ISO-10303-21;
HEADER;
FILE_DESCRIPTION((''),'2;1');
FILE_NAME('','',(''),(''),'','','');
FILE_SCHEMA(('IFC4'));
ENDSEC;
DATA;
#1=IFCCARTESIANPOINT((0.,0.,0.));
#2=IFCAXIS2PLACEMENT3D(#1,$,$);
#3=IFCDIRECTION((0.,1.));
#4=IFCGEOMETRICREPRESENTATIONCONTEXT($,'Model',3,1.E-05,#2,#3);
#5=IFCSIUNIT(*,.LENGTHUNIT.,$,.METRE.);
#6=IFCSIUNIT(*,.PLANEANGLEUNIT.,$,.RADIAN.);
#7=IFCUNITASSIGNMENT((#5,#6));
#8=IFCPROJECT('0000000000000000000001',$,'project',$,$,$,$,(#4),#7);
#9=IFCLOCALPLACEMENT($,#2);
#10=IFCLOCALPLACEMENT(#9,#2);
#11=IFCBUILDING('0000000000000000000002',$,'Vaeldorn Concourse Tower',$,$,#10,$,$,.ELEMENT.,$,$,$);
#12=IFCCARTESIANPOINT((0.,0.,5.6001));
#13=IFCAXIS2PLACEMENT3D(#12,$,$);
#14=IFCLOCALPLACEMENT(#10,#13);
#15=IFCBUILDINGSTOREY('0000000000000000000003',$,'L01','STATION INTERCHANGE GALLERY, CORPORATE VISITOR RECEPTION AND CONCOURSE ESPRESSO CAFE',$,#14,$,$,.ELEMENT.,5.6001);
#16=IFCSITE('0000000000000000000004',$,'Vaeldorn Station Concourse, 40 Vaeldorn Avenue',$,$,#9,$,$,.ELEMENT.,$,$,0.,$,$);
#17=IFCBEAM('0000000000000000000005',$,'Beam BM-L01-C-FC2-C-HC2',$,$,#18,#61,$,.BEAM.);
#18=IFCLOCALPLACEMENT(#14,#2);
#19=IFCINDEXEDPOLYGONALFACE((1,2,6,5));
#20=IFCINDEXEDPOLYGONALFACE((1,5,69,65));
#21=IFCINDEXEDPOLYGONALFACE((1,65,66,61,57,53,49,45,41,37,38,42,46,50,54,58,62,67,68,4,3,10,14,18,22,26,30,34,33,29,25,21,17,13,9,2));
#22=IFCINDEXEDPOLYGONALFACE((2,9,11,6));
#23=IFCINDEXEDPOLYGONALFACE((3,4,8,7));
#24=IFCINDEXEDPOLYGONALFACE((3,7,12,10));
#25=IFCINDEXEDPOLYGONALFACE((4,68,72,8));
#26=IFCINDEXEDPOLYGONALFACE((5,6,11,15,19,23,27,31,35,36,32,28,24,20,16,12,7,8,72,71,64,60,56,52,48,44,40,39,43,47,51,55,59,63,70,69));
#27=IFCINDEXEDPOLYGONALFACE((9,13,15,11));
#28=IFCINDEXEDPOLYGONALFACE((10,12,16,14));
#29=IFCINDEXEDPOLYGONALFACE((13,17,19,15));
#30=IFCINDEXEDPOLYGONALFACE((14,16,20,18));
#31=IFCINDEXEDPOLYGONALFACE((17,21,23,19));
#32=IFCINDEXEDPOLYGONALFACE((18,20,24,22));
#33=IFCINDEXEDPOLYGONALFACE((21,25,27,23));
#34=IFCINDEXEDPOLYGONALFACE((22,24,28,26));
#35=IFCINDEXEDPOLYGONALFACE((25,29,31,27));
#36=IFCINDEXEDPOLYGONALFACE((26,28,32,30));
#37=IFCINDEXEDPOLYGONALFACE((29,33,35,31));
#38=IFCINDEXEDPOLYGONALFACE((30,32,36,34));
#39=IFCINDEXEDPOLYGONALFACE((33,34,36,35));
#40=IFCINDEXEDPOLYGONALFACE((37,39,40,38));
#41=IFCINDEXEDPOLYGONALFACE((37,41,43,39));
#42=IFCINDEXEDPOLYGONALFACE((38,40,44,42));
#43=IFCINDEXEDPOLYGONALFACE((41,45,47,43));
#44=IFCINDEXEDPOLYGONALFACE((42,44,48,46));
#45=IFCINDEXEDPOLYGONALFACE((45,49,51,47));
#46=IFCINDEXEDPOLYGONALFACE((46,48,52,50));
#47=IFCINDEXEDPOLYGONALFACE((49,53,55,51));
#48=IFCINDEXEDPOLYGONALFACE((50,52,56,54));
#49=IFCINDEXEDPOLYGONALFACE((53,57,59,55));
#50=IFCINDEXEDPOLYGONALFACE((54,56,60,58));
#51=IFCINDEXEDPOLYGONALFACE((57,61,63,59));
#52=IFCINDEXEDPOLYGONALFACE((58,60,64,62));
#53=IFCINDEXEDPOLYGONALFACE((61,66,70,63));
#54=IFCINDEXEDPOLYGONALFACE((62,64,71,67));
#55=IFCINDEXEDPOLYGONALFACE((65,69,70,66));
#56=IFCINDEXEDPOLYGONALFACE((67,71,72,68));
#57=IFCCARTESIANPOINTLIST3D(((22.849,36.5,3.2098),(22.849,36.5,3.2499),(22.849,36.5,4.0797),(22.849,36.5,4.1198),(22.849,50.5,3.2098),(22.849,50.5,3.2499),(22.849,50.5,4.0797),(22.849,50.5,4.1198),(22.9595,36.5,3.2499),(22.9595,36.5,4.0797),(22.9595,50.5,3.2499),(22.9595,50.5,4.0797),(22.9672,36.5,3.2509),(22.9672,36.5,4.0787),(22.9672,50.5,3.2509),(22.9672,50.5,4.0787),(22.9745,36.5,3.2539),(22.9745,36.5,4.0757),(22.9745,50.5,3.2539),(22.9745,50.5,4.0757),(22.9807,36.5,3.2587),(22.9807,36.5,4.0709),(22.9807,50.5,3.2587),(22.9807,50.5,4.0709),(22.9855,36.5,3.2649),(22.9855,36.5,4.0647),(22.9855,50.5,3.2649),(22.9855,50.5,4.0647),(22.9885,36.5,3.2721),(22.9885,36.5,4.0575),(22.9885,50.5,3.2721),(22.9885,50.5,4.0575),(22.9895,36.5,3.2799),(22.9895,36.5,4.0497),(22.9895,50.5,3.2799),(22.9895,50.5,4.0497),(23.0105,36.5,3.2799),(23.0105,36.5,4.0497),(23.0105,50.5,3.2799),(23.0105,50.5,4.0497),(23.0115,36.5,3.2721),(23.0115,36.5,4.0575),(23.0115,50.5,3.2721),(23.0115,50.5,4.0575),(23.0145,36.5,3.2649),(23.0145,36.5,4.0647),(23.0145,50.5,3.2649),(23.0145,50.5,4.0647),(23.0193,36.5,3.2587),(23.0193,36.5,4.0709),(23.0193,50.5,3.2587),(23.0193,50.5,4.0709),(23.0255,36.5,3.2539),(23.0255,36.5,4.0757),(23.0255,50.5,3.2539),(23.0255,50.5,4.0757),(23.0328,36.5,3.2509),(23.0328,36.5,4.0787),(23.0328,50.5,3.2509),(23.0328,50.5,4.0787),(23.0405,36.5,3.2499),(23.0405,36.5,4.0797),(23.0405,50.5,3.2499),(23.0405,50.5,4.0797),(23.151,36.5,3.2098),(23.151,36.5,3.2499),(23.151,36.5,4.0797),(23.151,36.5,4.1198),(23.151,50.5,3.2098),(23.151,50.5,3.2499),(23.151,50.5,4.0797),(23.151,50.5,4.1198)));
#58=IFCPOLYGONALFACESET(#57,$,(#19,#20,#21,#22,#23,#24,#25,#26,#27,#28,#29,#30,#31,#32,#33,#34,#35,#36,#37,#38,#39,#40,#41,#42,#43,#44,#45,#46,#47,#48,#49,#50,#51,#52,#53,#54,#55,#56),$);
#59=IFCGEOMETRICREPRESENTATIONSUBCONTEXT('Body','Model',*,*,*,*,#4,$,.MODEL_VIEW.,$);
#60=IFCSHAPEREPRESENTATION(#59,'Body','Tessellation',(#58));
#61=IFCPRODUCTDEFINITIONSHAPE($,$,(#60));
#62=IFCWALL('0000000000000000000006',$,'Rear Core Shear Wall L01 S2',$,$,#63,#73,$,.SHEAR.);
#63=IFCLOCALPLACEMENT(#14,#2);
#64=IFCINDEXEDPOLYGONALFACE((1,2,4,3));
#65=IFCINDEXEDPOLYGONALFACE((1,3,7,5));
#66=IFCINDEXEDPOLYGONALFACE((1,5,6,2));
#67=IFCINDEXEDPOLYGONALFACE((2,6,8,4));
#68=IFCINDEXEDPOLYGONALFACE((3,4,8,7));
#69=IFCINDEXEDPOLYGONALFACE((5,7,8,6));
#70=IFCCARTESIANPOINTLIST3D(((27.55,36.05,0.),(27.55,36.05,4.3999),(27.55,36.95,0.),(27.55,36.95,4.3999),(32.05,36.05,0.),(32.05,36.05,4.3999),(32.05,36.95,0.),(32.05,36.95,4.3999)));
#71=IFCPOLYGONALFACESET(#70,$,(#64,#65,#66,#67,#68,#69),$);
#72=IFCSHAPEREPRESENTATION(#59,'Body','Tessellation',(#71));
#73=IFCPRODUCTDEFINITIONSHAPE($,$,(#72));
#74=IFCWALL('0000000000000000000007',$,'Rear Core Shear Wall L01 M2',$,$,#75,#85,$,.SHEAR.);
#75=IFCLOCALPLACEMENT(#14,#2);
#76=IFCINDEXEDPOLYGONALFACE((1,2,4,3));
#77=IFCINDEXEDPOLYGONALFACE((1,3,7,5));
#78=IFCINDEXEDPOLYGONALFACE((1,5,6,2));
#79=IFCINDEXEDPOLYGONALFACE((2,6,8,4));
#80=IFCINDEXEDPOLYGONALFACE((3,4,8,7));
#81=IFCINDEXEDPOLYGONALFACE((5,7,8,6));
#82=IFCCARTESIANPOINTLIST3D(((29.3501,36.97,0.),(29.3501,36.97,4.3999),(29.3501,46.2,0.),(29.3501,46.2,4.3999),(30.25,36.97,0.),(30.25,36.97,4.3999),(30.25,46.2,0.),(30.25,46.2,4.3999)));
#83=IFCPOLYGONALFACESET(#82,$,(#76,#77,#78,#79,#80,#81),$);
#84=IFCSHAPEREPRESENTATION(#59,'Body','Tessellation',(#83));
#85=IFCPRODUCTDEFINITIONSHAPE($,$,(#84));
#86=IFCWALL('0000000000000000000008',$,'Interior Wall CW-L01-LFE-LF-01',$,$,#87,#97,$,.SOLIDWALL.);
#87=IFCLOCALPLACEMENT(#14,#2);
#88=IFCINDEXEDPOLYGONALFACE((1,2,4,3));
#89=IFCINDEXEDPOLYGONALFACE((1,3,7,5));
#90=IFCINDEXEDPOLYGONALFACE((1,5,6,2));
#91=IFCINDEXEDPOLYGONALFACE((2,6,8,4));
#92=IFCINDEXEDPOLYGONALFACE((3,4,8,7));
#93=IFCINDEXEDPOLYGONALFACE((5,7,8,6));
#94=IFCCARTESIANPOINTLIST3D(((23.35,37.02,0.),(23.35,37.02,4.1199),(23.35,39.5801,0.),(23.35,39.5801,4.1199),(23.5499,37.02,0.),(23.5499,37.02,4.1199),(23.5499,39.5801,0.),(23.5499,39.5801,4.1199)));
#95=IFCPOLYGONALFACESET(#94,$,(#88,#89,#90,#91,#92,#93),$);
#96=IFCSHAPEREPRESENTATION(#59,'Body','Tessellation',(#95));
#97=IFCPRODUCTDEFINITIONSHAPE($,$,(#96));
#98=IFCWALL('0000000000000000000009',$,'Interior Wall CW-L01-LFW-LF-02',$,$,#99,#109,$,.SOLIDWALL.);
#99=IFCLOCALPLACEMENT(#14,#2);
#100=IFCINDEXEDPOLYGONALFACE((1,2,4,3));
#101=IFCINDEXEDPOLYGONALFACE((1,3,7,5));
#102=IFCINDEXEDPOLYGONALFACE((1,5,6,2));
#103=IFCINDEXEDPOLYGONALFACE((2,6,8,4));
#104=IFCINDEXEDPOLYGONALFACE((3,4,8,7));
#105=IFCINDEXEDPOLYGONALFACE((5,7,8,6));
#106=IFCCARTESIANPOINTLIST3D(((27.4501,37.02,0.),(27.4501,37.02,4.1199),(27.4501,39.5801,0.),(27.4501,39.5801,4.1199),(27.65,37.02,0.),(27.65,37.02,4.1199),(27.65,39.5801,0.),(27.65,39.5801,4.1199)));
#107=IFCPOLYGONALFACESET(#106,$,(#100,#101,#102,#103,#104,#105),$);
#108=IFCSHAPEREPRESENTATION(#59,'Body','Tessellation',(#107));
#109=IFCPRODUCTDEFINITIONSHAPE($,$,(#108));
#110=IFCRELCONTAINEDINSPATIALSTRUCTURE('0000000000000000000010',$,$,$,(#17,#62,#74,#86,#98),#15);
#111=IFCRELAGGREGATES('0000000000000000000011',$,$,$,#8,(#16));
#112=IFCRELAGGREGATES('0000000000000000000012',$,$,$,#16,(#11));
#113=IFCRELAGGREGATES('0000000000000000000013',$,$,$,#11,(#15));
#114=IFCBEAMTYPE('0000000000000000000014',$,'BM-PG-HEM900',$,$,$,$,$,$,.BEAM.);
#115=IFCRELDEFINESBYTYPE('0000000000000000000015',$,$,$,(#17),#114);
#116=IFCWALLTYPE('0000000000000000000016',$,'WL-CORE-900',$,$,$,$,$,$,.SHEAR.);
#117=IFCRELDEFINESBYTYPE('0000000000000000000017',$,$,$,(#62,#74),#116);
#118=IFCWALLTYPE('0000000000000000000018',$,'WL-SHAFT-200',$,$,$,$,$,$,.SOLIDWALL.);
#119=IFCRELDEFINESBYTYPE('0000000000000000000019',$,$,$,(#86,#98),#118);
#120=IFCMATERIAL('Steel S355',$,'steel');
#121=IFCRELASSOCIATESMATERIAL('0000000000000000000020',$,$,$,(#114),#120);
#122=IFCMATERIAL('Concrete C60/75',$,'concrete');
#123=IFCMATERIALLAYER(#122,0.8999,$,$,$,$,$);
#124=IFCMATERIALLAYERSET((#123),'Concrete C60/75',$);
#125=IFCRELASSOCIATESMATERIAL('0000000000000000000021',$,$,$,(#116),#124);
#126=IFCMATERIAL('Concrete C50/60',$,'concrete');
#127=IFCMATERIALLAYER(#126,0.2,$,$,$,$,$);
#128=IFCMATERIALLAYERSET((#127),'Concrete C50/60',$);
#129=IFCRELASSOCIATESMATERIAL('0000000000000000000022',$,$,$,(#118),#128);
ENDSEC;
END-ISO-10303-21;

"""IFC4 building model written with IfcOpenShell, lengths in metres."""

from ifc_helpers import new_model, si_unit, direction, frame, frame_2d, origin, origin_2d, place, context, subcontext, project, spatial, rectangle, i_section, extrude, source, transform, mapped, material, layer, layer_set, material_profile, profile_set, type_object, element, save


model = new_model("IFC4")

# Units and contexts
model_context = context("Model", 3, precision=1e-05, world=origin(), true_north=direction((0.0, 1.0)))
body_context = subcontext(model_context, "Body", "Model", "MODEL_VIEW")
ifc_project = project(units=[si_unit("LENGTHUNIT", "METRE"), si_unit("PLANEANGLEUNIT", "RADIAN")], contexts=[model_context])

# Site, building, storey
site_placement = place(None, origin())
site = spatial("IfcSite", under=ifc_project, at=site_placement, Name="Vaeldorn Station Concourse, 40 Vaeldorn Avenue", CompositionType="ELEMENT", RefElevation=0.0)
building_placement = place(site_placement, origin())
building = spatial("IfcBuilding", under=site, at=building_placement, Name="Vaeldorn Concourse Tower", CompositionType="ELEMENT")
storey_placement = place(building_placement, frame((0.0, 0.0, 5.6001)))
storey = spatial("IfcBuildingStorey", under=building, at=storey_placement, Name="L01", Description="STATION INTERCHANGE GALLERY, CORPORATE VISITOR RECEPTION AND CONCOURSE ESPRESSO CAFE", CompositionType="ELEMENT", Elevation=5.6001)

# Beam
ifc_material_1 = material(Name="Steel S355", Category="steel")
ifc_material_profile_1 = material_profile(ifc_material_1, i_section(OverallWidth=0.302, OverallDepth=0.9099, WebThickness=0.021, FlangeThickness=0.04, FilletRadius=0.03, at=origin_2d()), Name="HEM 900")
ifc_profile_set_1 = profile_set([ifc_material_profile_1], Name="Steel S355")
beam_type = type_object("IfcBeamType", Name="BM-PG-HEM900", PredefinedType="BEAM", material=ifc_profile_set_1)
shared_shape_1 = source(origin(), body_context, "Body", "SweptSolid", [
    extrude(i_section(OverallWidth=0.302, OverallDepth=0.9099, WebThickness=0.021, FlangeThickness=0.04, FilletRadius=0.03, at=origin_2d()), origin(), (0.0, 0.0, 1.0), 14.0),
])
beam_1_placement = place(storey_placement, frame((23.0, 36.5, 3.6648), z_axis=(0.0, 1.0, 0.0), x_axis=(-1.0, 0.0, 0.0)))
element("IfcBeam", 1, at=beam_1_placement, inside=storey, type_object=beam_type, Name="Beam BM-L01-C-FC2-C-HC2", PredefinedType="BEAM", context=body_context, shape_type="MappedRepresentation", body=[
    mapped(shared_shape_1, transform((0.0, 0.0, 0.0), scale=1.0)),
])

# Walls
ifc_material_2 = material(Name="Concrete C60/75", Category="concrete")
ifc_layer_1 = layer(ifc_material_2, 0.8999)
ifc_layer_set_1 = layer_set([ifc_layer_1], Name="Concrete C60/75")
wall_type_1 = type_object("IfcWallType", Name="WL-CORE-900", PredefinedType="SHEAR", material=ifc_layer_set_1)
wall_1_placement = place(storey_placement, frame((27.55, 36.5, 0.0), z_axis=(0.0, 0.0, 1.0), x_axis=(1.0, 0.0, 0.0)))
element("IfcWall", 2, at=wall_1_placement, inside=storey, type_object=wall_type_1, Name="Rear Core Shear Wall L01 S2", PredefinedType="SHEAR", context=body_context, shape_type="SweptSolid", body=[
    extrude(rectangle(XDim=4.5, YDim=0.8999, at=frame_2d((2.25, 0.0))), origin(), (0.0, 0.0, 1.0), 4.3999),
])
wall_2_placement = place(storey_placement, frame((29.8, 36.97, 0.0), z_axis=(0.0, 0.0, 1.0), x_axis=(0.0, 1.0, 0.0)))
element("IfcWall", 3, at=wall_2_placement, inside=storey, type_object=wall_type_1, Name="Rear Core Shear Wall L01 M2", PredefinedType="SHEAR", context=body_context, shape_type="SweptSolid", body=[
    extrude(rectangle(XDim=9.23, YDim=0.8999, at=frame_2d((4.615, 0.0))), origin(), (0.0, 0.0, 1.0), 4.3999),
])
ifc_material_3 = material(Name="Concrete C50/60", Category="concrete")
ifc_layer_2 = layer(ifc_material_3, 0.2)
ifc_layer_set_2 = layer_set([ifc_layer_2], Name="Concrete C50/60")
wall_type_2 = type_object("IfcWallType", Name="WL-SHAFT-200", PredefinedType="SOLIDWALL", material=ifc_layer_set_2)
wall_3_placement = place(storey_placement, frame((23.45, 37.02, 0.0), z_axis=(0.0, 0.0, 1.0), x_axis=(0.0, 1.0, 0.0)))
element("IfcWall", 4, at=wall_3_placement, inside=storey, type_object=wall_type_2, Name="Interior Wall CW-L01-LFE-LF-01", PredefinedType="SOLIDWALL", context=body_context, shape_type="SweptSolid", body=[
    extrude(rectangle(XDim=2.5601, YDim=0.2, at=frame_2d((1.28, 0.0))), origin(), (0.0, 0.0, 1.0), 4.1199),
])

# Wall
wall_4_placement = place(storey_placement, frame((27.55, 37.02, 0.0), z_axis=(0.0, 0.0, 1.0), x_axis=(0.0, 1.0, 0.0)))
element("IfcWall", 5, at=wall_4_placement, inside=storey, type_object=wall_type_2, Name="Interior Wall CW-L01-LFW-LF-02", PredefinedType="SOLIDWALL", context=body_context, shape_type="SweptSolid", body=[
    extrude(rectangle(XDim=2.5601, YDim=0.2, at=frame_2d((1.28, 0.0))), origin(), (0.0, 0.0, 1.0), 4.1199),
])

save(model, "model.ifc")
